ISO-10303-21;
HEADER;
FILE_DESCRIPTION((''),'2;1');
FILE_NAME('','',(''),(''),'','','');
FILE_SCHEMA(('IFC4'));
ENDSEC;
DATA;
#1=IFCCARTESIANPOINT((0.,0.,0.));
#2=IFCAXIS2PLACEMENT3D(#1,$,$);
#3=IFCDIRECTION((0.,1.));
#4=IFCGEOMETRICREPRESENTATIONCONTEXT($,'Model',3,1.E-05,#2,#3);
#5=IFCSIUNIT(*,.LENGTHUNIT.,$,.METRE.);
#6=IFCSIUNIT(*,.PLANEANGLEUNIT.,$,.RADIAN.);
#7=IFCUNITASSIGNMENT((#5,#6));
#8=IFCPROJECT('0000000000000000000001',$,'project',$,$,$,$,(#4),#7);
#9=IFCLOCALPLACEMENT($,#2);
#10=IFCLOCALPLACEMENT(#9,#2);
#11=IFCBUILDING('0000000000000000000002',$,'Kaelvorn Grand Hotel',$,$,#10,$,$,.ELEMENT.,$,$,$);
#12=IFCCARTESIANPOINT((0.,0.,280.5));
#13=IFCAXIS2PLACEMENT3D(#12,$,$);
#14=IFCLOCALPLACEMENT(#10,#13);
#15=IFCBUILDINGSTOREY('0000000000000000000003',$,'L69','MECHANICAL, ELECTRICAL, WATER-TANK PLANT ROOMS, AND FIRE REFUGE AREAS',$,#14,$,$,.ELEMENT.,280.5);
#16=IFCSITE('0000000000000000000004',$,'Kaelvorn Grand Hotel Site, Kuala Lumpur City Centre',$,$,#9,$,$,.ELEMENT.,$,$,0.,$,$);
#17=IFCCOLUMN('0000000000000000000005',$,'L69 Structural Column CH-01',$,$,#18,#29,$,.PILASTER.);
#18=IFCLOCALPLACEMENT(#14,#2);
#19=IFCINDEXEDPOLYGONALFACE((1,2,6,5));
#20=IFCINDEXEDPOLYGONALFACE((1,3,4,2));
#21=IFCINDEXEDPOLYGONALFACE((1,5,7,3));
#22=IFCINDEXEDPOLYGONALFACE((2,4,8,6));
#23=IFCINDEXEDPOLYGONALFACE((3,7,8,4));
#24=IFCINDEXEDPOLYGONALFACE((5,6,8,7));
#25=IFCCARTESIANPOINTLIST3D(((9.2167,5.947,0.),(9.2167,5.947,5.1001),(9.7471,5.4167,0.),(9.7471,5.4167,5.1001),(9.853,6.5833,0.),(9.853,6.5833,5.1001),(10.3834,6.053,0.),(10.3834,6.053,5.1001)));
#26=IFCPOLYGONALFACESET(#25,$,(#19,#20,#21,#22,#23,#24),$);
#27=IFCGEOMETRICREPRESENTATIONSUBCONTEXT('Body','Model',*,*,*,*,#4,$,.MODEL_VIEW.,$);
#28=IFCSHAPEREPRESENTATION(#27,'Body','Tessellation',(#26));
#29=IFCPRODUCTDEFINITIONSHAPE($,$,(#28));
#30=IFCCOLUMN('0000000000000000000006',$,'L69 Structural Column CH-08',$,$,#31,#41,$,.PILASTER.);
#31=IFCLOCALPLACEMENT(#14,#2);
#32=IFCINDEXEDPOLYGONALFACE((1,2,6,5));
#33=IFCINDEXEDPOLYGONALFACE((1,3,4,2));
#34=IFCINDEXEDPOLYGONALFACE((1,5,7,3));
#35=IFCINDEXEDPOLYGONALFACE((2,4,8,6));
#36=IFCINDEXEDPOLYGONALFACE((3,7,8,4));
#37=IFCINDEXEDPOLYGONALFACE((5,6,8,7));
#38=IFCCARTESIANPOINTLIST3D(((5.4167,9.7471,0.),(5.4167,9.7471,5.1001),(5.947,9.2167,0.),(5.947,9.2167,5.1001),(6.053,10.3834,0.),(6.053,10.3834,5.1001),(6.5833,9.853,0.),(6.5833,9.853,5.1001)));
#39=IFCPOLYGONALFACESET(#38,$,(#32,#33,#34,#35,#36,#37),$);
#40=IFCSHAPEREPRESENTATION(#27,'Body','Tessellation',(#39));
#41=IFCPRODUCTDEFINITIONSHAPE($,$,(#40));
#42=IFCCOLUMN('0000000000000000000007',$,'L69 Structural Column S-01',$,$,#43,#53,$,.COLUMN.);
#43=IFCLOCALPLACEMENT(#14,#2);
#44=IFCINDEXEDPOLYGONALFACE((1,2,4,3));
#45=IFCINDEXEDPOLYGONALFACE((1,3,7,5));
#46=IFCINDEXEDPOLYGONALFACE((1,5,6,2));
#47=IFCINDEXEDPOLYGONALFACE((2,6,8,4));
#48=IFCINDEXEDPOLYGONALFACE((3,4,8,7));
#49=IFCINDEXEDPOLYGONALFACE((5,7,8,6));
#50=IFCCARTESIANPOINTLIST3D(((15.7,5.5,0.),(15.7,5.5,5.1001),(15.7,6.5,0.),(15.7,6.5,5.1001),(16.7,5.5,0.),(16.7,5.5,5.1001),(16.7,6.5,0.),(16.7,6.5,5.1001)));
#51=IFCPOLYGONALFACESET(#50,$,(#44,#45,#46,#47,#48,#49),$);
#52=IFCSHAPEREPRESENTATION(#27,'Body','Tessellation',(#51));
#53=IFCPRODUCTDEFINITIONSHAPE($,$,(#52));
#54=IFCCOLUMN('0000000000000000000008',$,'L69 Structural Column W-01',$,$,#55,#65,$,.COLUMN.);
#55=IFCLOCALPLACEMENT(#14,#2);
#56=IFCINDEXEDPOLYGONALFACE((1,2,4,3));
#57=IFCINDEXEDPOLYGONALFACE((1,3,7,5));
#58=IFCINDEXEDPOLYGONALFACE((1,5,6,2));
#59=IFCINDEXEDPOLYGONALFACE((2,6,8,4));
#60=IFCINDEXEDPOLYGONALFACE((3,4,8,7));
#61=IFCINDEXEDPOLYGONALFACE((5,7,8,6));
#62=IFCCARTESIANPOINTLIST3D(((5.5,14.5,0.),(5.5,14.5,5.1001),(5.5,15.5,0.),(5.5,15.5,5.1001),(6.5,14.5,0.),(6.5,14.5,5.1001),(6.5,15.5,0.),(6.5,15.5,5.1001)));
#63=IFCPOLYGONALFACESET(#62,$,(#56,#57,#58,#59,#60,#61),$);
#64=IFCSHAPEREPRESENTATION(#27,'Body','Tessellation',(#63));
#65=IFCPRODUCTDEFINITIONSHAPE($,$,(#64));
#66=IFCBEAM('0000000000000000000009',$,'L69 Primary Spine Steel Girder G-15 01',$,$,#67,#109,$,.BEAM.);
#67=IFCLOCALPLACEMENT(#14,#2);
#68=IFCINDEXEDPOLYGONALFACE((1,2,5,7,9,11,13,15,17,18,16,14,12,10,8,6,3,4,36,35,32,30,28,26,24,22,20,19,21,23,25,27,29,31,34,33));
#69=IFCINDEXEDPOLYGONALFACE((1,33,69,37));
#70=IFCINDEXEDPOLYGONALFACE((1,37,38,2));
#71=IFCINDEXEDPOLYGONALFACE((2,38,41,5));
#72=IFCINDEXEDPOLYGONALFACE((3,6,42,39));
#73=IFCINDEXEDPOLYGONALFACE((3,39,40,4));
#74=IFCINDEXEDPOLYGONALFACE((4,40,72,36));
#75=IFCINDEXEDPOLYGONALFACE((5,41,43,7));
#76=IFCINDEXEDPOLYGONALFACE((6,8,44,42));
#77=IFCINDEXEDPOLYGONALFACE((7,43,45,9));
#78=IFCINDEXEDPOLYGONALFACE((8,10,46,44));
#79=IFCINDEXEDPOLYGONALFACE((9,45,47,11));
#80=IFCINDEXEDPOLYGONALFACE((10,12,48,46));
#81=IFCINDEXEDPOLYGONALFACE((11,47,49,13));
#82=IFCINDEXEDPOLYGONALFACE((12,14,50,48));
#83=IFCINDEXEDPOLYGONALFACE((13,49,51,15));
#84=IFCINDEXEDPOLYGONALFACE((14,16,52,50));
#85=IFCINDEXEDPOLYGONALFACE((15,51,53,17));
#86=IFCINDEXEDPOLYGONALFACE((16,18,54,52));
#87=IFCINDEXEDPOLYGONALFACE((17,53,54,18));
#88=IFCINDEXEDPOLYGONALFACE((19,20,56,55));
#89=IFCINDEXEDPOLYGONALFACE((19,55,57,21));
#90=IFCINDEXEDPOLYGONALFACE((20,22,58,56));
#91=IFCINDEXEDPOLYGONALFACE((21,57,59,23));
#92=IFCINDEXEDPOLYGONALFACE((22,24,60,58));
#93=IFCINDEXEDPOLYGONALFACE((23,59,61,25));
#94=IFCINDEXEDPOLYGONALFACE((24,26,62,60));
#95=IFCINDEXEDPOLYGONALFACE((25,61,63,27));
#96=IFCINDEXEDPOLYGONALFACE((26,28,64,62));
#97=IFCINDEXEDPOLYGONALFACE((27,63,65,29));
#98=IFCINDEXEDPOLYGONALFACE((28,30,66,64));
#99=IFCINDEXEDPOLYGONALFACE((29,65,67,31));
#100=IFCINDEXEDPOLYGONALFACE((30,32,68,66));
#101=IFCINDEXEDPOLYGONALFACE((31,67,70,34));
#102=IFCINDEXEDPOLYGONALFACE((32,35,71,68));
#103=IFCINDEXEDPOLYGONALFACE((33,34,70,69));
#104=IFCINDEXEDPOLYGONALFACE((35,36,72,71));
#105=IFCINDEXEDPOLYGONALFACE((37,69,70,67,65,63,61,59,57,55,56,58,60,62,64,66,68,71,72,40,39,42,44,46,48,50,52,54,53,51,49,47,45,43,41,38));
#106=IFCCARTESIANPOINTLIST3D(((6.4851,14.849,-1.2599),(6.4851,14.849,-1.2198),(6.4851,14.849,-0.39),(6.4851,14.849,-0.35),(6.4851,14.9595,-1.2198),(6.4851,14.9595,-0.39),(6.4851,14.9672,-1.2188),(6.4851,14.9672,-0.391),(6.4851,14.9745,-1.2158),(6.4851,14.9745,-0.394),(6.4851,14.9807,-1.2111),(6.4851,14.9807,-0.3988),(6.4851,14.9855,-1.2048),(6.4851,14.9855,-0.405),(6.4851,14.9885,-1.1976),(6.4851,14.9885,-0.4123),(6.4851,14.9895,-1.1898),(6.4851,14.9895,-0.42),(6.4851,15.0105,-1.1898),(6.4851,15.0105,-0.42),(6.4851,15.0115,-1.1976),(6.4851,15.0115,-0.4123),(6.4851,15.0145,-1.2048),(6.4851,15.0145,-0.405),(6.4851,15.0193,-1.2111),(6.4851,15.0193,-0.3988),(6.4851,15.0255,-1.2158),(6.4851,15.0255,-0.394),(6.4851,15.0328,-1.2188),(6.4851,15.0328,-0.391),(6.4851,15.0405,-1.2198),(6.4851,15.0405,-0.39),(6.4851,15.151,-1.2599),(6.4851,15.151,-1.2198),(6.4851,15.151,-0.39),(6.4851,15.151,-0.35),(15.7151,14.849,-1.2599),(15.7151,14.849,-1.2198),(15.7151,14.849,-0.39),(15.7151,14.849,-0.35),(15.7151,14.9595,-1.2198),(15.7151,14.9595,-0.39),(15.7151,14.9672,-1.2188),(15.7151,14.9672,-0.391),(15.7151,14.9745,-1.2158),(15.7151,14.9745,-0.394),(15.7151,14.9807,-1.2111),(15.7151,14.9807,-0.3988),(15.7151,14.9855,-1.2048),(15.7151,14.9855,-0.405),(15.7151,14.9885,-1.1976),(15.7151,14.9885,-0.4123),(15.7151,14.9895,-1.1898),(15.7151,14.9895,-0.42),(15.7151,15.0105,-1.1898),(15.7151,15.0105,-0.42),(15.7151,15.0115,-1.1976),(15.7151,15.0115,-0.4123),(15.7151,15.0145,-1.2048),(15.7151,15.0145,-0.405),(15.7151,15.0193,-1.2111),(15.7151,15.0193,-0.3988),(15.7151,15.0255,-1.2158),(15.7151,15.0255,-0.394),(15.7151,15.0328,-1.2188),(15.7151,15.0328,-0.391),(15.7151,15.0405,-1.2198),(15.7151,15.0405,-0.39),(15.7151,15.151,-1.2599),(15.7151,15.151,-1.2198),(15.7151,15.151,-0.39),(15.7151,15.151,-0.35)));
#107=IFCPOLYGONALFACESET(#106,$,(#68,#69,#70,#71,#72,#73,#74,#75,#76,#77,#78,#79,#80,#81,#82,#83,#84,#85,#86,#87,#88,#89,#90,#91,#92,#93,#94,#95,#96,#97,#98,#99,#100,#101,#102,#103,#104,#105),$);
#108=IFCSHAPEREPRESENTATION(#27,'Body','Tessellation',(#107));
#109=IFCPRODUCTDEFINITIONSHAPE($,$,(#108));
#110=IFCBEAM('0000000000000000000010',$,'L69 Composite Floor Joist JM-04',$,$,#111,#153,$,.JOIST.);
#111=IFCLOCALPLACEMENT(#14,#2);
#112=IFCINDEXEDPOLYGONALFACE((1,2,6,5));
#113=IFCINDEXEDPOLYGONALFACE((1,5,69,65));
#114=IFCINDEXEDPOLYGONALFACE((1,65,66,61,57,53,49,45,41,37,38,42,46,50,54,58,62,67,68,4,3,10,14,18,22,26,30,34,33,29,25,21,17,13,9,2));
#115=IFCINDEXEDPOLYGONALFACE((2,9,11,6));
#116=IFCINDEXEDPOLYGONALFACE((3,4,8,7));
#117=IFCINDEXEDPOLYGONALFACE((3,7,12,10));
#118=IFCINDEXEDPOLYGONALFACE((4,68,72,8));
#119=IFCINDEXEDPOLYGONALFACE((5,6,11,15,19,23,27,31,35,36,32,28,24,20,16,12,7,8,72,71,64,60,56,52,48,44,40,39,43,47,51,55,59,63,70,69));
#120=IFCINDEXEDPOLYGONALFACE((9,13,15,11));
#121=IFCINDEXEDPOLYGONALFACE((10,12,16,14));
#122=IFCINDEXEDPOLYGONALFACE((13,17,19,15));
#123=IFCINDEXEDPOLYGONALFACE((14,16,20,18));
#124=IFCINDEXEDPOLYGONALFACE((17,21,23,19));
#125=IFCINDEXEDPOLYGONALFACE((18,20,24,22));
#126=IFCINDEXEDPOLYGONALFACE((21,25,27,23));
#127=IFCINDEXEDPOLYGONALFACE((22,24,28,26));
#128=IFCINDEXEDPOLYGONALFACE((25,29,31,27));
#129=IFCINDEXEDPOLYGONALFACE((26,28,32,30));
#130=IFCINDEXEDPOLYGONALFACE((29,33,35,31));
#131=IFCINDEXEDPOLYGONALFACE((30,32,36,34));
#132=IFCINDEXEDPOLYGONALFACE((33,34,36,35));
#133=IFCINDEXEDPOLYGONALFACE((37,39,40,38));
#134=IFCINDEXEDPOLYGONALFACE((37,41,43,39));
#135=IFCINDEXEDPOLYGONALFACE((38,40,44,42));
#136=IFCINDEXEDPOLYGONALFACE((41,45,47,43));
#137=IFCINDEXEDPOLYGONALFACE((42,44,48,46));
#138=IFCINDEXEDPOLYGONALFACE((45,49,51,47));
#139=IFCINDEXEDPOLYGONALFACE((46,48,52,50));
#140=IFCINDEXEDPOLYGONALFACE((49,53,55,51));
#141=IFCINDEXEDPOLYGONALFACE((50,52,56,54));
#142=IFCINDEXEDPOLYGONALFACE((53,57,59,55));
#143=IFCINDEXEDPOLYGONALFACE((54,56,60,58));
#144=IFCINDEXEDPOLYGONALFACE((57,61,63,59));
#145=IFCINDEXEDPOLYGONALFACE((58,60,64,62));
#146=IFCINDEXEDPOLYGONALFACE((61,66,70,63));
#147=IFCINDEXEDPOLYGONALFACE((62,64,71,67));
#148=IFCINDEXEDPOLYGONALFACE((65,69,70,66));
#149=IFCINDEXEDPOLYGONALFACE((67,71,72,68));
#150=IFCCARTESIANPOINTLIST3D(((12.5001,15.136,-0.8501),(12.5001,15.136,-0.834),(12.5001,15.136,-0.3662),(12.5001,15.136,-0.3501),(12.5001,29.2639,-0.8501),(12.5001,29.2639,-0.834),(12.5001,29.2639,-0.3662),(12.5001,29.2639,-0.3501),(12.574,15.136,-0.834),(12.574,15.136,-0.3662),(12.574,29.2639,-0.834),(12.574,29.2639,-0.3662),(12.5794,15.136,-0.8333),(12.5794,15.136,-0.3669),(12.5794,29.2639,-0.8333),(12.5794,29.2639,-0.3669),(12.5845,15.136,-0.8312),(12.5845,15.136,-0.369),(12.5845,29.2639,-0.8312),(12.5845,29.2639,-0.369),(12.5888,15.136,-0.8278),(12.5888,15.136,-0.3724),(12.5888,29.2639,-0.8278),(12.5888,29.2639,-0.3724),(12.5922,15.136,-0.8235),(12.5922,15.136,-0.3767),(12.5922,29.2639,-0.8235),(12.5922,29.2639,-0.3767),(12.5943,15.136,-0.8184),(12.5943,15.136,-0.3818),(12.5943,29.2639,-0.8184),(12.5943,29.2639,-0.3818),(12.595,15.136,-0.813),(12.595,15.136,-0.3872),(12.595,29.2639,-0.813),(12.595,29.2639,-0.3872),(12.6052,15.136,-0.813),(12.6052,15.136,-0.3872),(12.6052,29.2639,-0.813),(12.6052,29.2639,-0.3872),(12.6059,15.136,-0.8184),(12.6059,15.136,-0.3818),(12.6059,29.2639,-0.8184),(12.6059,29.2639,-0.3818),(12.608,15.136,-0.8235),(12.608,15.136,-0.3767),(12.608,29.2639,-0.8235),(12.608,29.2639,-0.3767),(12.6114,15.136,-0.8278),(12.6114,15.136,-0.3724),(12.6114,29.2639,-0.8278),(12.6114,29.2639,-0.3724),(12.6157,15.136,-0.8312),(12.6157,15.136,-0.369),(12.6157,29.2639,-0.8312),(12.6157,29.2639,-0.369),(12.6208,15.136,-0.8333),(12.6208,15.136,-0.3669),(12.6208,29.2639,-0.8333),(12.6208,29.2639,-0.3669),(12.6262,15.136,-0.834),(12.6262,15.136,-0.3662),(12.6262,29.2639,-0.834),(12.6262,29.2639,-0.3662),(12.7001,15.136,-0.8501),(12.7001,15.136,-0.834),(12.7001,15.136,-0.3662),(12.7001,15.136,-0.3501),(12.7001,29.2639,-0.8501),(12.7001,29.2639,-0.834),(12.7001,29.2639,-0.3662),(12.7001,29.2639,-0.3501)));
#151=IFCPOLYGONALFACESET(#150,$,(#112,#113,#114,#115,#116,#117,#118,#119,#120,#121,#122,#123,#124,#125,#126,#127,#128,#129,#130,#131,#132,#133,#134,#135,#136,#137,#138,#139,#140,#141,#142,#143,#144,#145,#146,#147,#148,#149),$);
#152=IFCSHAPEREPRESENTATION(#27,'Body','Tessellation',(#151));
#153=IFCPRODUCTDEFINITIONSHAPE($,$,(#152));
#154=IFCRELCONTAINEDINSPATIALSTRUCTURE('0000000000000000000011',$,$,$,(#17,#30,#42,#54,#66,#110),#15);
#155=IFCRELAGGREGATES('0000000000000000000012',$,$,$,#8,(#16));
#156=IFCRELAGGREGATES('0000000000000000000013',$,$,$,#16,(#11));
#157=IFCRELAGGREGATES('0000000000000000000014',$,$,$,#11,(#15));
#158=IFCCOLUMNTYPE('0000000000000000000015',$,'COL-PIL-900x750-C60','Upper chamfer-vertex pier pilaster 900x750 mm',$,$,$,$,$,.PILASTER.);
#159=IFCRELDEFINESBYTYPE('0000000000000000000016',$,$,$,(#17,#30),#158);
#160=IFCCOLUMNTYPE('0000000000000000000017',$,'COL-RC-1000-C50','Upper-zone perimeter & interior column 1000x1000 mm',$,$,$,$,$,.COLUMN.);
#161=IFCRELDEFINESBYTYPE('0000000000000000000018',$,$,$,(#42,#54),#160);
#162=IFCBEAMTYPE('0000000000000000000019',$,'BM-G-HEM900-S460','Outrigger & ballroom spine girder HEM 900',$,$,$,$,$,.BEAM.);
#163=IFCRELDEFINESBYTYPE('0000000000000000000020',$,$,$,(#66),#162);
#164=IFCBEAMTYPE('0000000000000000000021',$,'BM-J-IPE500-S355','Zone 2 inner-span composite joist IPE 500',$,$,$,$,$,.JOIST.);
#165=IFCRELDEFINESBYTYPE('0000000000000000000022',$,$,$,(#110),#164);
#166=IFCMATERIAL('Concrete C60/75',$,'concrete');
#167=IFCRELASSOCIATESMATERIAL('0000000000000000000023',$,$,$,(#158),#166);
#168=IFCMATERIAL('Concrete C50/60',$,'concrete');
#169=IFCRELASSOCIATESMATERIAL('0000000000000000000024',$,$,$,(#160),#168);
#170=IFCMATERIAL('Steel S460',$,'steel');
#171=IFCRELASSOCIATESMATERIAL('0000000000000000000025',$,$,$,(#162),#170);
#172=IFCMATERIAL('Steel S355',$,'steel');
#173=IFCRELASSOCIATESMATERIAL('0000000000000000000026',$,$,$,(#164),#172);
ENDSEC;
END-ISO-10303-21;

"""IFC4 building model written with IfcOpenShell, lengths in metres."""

from ifc_helpers import new_model, si_unit, direction, frame, origin, origin_2d, place, context, subcontext, project, spatial, rectangle, i_section, extrude, material, material_profile, profile_set, type_object, element, save


model = new_model("IFC4")

# Units and contexts
model_context = context("Model", 3, precision=1e-05, world=origin(), true_north=direction((0.0, 1.0)))
body_context = subcontext(model_context, "Body", "Model", "MODEL_VIEW")
ifc_project = project(units=[si_unit("LENGTHUNIT", "METRE"), si_unit("PLANEANGLEUNIT", "RADIAN")], contexts=[model_context])

# Site, building, storey
site_placement = place(None, origin())
site = spatial("IfcSite", under=ifc_project, at=site_placement, Name="Kaelvorn Grand Hotel Site, Kuala Lumpur City Centre", CompositionType="ELEMENT", RefElevation=0.0)
building_placement = place(site_placement, origin())
building = spatial("IfcBuilding", under=site, at=building_placement, Name="Kaelvorn Grand Hotel", CompositionType="ELEMENT")
storey_placement = place(building_placement, frame((0.0, 0.0, 280.5)))
storey = spatial("IfcBuildingStorey", under=building, at=storey_placement, Name="L69", Description="MECHANICAL, ELECTRICAL, WATER-TANK PLANT ROOMS, AND FIRE REFUGE AREAS", CompositionType="ELEMENT", Elevation=280.5)

# Columns
ifc_material_1 = material(Name="Concrete C60/75", Category="concrete")
ifc_material_profile_1 = material_profile(ifc_material_1, rectangle(XDim=0.8999, YDim=0.75, at=origin_2d()), Name="RC PILASTER 900x750")
ifc_profile_set_1 = profile_set([ifc_material_profile_1], Name="Concrete C60/75")
column_type_1 = type_object("IfcColumnType", Name="COL-PIL-900x750-C60", Description="Upper chamfer-vertex pier pilaster 900x750 mm", PredefinedType="PILASTER", material=ifc_profile_set_1)
for number, where, z_axis, x_axis, name in (
    (1, (9.8, 6.0, 0.0), (0.0, 0.0, 1.0), (0.707107, 0.707107, 0.0), "L69 Structural Column CH-01"),
    (2, (6.0, 9.8, 0.0), (0.0, 0.0, 1.0), (0.707107, 0.707107, 0.0), "L69 Structural Column CH-08"),
):
    element("IfcColumn", number, at=place(storey_placement, frame(where, z_axis=z_axis, x_axis=x_axis)), inside=storey, type_object=column_type_1, Name=name, PredefinedType="PILASTER", context=body_context, shape_type="SweptSolid", body=[
        extrude(rectangle(XDim=0.8999, YDim=0.75, at=origin_2d()), origin(), (0.0, 0.0, 1.0), 5.1001),
    ])
ifc_material_2 = material(Name="Concrete C50/60", Category="concrete")
ifc_material_profile_2 = material_profile(ifc_material_2, rectangle(XDim=1.0, YDim=1.0, at=origin_2d()), Name="RC COL 1000x1000")
ifc_profile_set_2 = profile_set([ifc_material_profile_2], Name="Concrete C50/60")
column_type_2 = type_object("IfcColumnType", Name="COL-RC-1000-C50", Description="Upper-zone perimeter & interior column 1000x1000 mm", PredefinedType="COLUMN", material=ifc_profile_set_2)
for number, where, z_axis, x_axis, name in (
    (3, (16.2, 6.0, 0.0), (0.0, 0.0, 1.0), (1.0, 0.0, 0.0), "L69 Structural Column S-01"),
    (4, (6.0, 15.0, 0.0), (0.0, 0.0, 1.0), (1.0, 0.0, 0.0), "L69 Structural Column W-01"),
):
    element("IfcColumn", number, at=place(storey_placement, frame(where, z_axis=z_axis, x_axis=x_axis)), inside=storey, type_object=column_type_2, Name=name, PredefinedType="COLUMN", context=body_context, shape_type="SweptSolid", body=[
        extrude(rectangle(XDim=1.0, YDim=1.0, at=origin_2d()), origin(), (0.0, 0.0, 1.0), 5.1001),
    ])

# Beams
ifc_material_3 = material(Name="Steel S460", Category="steel")
ifc_material_profile_3 = material_profile(ifc_material_3, i_section(OverallWidth=0.302, OverallDepth=0.9099, WebThickness=0.021, FlangeThickness=0.04, FilletRadius=0.03, at=origin_2d()), Name="HEM 900")
ifc_profile_set_3 = profile_set([ifc_material_profile_3], Name="Steel S460")
beam_type_1 = type_object("IfcBeamType", Name="BM-G-HEM900-S460", Description="Outrigger & ballroom spine girder HEM 900", PredefinedType="BEAM", material=ifc_profile_set_3)
beam_1_placement = place(storey_placement, frame((6.4851, 15.0, -0.8049), z_axis=(1.0, 0.0, 0.0), x_axis=(0.0, 1.0, 0.0)))
element("IfcBeam", 5, at=beam_1_placement, inside=storey, type_object=beam_type_1, Name="L69 Primary Spine Steel Girder G-15 01", PredefinedType="BEAM", context=body_context, shape_type="SweptSolid", body=[
    extrude(i_section(OverallWidth=0.302, OverallDepth=0.9099, WebThickness=0.021, FlangeThickness=0.04, FilletRadius=0.03, at=origin_2d()), origin(), (0.0, 0.0, 1.0), 9.23),
])
ifc_material_4 = material(Name="Steel S355", Category="steel")
ifc_material_profile_4 = material_profile(ifc_material_4, i_section(OverallWidth=0.2, OverallDepth=0.5, WebThickness=0.0103, FlangeThickness=0.0161, FilletRadius=0.021, at=origin_2d()), Name="IPE 500")
ifc_profile_set_4 = profile_set([ifc_material_profile_4], Name="Steel S355")
beam_type_2 = type_object("IfcBeamType", Name="BM-J-IPE500-S355", Description="Zone 2 inner-span composite joist IPE 500", PredefinedType="JOIST", material=ifc_profile_set_4)
beam_2_placement = place(storey_placement, frame((12.6001, 15.136, -0.6001), z_axis=(0.0, 1.0, 0.0), x_axis=(-1.0, 0.0, 0.0)))
element("IfcBeam", 6, at=beam_2_placement, inside=storey, type_object=beam_type_2, Name="L69 Composite Floor Joist JM-04", PredefinedType="JOIST", context=body_context, shape_type="SweptSolid", body=[
    extrude(i_section(OverallWidth=0.2, OverallDepth=0.5, WebThickness=0.0103, FlangeThickness=0.0161, FilletRadius=0.021, at=origin_2d()), origin(), (0.0, 0.0, 1.0), 14.1279),
])

save(model, "model.ifc")
